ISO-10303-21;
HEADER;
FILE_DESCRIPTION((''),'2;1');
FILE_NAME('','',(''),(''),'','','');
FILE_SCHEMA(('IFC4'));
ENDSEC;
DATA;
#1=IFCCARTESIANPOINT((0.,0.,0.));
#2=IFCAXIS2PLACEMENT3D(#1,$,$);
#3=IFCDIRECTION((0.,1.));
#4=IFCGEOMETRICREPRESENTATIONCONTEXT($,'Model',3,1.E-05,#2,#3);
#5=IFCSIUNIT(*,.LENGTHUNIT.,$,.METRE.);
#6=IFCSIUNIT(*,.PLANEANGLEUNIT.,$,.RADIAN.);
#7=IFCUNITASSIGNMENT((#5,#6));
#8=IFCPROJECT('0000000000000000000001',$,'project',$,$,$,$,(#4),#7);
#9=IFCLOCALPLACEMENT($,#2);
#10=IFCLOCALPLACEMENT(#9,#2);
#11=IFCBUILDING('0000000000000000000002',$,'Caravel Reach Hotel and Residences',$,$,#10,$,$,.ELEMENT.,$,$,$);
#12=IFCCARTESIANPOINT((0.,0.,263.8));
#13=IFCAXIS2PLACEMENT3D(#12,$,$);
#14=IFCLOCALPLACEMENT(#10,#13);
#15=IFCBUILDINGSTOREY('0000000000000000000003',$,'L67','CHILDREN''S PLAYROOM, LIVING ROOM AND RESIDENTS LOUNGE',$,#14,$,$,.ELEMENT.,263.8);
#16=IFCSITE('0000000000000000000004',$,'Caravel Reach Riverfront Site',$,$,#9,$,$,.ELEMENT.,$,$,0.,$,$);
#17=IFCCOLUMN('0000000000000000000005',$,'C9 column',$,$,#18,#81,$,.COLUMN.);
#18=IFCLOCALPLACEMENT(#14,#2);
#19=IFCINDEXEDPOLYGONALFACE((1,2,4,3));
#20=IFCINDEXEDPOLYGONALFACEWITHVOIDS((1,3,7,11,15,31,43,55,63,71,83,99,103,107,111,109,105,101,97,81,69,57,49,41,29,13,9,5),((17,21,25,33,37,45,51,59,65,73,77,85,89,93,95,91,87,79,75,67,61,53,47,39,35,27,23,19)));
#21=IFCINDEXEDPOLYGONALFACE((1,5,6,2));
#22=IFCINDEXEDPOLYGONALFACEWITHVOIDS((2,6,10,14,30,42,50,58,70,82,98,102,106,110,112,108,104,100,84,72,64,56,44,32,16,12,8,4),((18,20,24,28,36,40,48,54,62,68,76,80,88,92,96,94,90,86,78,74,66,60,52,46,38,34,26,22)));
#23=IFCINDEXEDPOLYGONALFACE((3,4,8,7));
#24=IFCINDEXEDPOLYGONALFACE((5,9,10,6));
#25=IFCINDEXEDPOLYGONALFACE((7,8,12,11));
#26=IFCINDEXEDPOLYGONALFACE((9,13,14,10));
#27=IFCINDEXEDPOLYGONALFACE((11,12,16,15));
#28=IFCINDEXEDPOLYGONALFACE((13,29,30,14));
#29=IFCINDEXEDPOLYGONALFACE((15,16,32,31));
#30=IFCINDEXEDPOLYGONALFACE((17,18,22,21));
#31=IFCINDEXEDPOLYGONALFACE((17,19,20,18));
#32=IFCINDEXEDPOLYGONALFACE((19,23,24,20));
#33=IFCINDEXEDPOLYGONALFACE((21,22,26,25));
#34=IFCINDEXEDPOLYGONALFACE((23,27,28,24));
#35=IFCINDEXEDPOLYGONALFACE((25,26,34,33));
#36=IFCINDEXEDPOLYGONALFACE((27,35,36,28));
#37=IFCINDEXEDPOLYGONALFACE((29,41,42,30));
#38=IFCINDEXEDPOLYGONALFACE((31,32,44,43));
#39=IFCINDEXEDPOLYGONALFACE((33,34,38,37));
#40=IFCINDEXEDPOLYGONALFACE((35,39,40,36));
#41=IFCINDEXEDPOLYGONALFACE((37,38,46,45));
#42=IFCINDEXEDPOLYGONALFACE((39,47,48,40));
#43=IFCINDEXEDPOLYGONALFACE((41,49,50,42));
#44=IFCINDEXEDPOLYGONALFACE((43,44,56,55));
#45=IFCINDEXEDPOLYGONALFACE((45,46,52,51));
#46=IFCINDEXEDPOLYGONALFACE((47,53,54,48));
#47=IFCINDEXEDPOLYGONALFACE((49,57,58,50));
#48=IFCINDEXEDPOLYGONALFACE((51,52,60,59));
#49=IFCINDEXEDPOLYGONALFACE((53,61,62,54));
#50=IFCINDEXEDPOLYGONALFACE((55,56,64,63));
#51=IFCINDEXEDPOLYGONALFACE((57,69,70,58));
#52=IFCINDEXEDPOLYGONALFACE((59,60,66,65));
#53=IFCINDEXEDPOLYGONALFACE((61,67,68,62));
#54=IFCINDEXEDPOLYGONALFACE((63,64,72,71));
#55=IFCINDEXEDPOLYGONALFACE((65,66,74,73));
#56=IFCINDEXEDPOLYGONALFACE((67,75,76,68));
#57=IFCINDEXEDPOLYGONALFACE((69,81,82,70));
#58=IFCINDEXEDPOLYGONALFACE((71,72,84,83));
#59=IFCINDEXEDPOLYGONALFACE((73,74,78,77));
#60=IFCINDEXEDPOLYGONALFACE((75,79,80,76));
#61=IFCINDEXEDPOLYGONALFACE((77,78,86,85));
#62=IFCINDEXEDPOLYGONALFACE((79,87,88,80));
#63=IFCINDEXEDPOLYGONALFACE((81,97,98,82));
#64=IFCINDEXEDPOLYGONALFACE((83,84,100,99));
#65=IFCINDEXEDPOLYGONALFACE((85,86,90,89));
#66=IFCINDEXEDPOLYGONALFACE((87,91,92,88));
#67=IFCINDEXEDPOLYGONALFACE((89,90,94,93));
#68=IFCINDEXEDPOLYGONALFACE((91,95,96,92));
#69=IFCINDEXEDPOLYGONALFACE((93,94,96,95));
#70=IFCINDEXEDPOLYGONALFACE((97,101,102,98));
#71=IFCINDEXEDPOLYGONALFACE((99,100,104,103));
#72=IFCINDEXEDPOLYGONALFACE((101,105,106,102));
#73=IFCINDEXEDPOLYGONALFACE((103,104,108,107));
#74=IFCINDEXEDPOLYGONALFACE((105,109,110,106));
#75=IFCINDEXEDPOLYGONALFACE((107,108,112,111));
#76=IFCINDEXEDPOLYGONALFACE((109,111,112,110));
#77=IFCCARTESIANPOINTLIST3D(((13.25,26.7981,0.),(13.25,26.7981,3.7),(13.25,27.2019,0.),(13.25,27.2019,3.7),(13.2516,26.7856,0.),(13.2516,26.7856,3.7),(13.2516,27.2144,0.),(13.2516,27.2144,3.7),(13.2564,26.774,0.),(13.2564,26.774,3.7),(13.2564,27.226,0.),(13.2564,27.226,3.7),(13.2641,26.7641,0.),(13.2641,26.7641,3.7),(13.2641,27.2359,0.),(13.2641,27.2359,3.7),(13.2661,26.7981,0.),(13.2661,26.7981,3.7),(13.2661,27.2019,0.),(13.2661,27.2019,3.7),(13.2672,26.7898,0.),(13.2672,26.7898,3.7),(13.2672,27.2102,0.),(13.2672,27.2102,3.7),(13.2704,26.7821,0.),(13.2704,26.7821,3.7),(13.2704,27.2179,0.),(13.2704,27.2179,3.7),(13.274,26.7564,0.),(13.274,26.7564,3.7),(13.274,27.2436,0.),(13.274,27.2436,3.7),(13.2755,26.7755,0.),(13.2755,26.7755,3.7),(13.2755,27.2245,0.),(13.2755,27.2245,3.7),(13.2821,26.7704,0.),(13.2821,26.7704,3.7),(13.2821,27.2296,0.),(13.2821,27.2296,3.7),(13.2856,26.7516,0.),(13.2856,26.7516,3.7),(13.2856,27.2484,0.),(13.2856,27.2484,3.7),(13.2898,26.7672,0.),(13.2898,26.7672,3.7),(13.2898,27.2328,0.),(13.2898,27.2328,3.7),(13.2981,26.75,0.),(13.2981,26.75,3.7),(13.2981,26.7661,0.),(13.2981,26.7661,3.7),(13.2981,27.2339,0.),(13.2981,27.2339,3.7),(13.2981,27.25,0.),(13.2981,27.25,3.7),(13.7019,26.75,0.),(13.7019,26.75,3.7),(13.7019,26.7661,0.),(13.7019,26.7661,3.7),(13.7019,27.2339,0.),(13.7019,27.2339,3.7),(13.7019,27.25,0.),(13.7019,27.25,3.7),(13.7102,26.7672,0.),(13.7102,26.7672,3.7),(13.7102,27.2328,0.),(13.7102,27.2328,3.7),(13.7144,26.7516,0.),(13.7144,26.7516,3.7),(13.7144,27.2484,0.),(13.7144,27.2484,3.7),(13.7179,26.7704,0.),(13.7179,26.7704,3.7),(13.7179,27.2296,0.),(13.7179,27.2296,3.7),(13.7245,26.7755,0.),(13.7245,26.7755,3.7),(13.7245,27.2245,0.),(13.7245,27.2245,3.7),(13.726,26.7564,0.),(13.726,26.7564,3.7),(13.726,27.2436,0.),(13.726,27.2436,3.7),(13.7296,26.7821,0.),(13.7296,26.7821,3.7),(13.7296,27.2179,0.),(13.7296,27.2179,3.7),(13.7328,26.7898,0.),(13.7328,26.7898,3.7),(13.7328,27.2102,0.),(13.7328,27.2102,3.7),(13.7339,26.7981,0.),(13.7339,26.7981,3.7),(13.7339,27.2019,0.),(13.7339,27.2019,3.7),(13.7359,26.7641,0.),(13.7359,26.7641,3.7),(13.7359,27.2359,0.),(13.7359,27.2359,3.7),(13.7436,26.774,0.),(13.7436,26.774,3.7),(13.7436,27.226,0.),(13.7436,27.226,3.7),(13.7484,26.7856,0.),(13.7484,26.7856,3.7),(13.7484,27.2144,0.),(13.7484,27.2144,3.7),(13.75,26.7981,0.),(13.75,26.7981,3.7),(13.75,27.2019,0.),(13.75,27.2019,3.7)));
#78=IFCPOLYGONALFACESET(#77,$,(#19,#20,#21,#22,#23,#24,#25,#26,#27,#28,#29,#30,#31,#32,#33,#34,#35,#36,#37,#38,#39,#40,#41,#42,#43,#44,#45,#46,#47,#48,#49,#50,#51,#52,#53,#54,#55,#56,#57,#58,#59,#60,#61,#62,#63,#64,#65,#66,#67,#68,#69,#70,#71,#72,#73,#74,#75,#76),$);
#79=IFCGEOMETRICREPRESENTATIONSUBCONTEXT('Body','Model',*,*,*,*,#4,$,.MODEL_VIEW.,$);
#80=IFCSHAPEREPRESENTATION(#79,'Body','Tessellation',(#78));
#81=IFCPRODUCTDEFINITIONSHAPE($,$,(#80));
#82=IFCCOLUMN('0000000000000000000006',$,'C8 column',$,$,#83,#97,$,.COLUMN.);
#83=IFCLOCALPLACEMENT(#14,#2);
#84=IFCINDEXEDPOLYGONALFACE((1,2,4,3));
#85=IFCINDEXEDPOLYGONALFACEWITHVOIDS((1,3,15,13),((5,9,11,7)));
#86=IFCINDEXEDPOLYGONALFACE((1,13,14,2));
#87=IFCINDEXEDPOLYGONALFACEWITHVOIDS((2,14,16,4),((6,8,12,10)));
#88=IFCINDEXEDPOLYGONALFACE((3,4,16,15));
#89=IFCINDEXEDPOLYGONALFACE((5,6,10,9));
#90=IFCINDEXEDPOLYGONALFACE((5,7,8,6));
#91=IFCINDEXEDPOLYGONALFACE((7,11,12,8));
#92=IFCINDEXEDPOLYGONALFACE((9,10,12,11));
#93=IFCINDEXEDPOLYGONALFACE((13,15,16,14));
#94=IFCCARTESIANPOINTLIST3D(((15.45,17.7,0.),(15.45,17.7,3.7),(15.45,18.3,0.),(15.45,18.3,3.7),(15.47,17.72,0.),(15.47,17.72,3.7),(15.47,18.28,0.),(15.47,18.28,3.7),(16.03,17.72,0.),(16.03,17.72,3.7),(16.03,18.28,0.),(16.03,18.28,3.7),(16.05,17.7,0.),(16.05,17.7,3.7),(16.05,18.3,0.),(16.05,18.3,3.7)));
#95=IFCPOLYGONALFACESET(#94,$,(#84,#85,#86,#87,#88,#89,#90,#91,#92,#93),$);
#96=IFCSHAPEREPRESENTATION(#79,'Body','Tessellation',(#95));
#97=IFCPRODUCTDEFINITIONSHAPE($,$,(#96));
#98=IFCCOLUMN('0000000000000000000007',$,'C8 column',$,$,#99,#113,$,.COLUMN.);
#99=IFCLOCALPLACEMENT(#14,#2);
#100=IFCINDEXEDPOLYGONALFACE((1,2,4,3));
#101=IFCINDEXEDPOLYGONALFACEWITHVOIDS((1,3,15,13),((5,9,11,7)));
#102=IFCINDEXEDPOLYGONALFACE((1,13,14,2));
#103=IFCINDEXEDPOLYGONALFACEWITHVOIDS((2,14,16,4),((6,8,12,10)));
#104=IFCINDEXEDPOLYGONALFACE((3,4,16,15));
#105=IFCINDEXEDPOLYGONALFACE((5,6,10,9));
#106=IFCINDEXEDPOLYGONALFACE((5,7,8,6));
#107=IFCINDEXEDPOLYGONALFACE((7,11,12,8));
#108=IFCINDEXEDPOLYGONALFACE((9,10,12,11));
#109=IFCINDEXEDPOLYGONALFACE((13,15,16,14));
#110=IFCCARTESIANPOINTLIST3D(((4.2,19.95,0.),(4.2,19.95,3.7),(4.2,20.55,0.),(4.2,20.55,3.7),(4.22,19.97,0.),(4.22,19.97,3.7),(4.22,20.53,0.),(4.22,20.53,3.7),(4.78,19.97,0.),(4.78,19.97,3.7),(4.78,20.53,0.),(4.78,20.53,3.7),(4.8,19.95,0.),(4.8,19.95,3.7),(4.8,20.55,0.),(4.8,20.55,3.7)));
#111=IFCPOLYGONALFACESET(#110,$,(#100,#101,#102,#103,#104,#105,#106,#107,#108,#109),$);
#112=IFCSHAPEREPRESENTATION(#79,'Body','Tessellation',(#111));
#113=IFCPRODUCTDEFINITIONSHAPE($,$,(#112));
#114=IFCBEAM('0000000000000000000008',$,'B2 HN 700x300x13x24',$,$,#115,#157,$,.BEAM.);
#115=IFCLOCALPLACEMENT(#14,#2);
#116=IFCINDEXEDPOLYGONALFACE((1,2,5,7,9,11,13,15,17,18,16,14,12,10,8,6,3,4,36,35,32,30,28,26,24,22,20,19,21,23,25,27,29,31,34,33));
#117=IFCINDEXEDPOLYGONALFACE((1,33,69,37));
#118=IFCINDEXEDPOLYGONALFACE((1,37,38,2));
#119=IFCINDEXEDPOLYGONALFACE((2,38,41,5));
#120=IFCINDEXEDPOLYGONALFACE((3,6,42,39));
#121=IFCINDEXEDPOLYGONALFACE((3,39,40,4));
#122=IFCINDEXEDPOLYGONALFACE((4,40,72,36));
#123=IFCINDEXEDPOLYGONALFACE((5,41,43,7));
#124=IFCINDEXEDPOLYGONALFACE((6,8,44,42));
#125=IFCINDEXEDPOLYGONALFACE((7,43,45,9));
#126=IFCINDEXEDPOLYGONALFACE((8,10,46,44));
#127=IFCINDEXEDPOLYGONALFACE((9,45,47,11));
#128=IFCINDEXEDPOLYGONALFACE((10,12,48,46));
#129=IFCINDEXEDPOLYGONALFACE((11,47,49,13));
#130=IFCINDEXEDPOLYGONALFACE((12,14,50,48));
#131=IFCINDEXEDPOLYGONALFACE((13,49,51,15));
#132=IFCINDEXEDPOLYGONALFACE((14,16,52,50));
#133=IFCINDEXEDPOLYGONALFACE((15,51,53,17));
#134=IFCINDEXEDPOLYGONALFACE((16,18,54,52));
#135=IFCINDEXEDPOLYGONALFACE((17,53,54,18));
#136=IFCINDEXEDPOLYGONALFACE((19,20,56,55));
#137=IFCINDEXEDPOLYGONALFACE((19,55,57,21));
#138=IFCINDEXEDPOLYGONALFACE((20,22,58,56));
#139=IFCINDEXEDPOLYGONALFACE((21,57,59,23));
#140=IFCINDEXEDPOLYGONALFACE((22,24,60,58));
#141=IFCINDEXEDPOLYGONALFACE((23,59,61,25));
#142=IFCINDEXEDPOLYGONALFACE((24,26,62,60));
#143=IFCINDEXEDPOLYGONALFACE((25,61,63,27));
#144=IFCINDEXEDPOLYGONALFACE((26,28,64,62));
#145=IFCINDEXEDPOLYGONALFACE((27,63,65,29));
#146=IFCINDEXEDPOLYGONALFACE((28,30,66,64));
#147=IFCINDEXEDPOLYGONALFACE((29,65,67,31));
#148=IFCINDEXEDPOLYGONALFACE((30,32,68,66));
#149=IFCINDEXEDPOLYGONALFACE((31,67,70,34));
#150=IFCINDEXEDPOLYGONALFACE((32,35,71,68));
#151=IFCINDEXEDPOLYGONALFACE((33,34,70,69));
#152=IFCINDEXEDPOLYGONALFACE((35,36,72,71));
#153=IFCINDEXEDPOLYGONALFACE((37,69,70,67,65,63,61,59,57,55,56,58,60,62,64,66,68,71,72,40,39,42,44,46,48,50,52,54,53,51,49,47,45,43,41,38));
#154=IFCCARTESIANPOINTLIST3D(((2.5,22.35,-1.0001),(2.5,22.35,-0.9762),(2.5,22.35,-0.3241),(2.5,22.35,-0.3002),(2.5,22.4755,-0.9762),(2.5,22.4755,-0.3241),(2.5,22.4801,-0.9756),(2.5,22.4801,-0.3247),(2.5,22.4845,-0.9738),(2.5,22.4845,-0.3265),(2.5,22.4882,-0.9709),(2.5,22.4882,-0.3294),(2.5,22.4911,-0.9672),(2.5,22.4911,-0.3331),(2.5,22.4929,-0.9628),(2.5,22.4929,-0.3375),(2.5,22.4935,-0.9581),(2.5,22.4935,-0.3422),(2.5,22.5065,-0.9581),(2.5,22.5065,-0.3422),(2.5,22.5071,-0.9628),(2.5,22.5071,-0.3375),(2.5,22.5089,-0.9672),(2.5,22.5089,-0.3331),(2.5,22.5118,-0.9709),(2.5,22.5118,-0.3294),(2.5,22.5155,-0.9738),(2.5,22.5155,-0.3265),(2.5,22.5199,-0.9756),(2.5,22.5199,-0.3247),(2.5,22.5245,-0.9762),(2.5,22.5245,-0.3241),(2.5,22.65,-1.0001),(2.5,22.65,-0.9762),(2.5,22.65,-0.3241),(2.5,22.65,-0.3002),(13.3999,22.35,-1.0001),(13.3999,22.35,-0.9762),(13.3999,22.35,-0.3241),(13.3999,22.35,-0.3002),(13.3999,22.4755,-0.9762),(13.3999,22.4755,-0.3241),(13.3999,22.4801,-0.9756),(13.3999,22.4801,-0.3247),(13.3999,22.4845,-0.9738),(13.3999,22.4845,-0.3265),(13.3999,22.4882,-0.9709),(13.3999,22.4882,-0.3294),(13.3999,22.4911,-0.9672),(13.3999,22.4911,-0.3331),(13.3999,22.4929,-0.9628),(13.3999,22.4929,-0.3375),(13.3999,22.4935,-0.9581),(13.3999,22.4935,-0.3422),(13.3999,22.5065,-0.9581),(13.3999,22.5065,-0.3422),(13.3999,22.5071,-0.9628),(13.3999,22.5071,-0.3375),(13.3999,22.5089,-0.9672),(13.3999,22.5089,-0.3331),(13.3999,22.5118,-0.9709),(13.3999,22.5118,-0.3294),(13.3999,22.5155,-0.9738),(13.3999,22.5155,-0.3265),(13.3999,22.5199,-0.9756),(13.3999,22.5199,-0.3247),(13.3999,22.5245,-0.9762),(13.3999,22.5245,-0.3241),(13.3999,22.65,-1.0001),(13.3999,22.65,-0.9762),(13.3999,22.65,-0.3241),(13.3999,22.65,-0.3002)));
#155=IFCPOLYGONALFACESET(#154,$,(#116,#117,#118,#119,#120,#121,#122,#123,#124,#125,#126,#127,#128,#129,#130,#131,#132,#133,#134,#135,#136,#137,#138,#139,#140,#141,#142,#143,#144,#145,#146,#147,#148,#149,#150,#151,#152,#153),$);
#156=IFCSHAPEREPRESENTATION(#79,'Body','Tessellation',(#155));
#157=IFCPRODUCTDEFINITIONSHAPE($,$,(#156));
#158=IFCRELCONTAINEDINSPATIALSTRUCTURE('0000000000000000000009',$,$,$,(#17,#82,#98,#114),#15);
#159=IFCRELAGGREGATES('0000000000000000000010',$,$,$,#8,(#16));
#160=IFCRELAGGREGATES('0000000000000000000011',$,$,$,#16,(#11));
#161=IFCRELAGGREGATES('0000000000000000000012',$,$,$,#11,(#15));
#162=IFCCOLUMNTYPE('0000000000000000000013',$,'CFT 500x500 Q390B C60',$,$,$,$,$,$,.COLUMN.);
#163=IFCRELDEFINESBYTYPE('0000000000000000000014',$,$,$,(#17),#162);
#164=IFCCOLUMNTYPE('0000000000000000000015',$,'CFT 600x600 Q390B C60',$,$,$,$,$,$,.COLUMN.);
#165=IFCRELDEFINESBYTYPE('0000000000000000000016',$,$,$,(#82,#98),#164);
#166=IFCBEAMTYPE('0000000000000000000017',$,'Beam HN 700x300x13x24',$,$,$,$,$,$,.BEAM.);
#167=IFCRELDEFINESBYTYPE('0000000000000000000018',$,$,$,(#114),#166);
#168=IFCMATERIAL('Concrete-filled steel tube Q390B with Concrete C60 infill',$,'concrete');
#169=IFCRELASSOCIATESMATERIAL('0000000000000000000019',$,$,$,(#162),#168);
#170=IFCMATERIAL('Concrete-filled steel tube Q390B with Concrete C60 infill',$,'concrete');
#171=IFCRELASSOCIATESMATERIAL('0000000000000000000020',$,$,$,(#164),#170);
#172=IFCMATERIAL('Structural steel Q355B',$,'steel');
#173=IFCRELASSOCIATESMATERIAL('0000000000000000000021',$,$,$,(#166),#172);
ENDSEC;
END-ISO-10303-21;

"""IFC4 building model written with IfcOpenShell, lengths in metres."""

from ifc_helpers import new_model, si_unit, direction, frame, origin, origin_2d, place, context, subcontext, project, spatial, hollow_rectangle, i_section, extrude, material, material_profile, profile_set, type_object, element, save


model = new_model("IFC4")

# Units and contexts
model_context = context("Model", 3, precision=1e-05, world=origin(), true_north=direction((0.0, 1.0)))
body_context = subcontext(model_context, "Body", "Model", "MODEL_VIEW")
ifc_project = project(units=[si_unit("LENGTHUNIT", "METRE"), si_unit("PLANEANGLEUNIT", "RADIAN")], contexts=[model_context])

# Site, building, storey
site_placement = place(None, origin())
site = spatial("IfcSite", under=ifc_project, at=site_placement, Name="Caravel Reach Riverfront Site", CompositionType="ELEMENT", RefElevation=0.0)
building_placement = place(site_placement, origin())
building = spatial("IfcBuilding", under=site, at=building_placement, Name="Caravel Reach Hotel and Residences", CompositionType="ELEMENT")
storey_placement = place(building_placement, frame((0.0, 0.0, 263.8)))
storey = spatial("IfcBuildingStorey", under=building, at=storey_placement, Name="L67", Description="CHILDREN'S PLAYROOM, LIVING ROOM AND RESIDENTS LOUNGE", CompositionType="ELEMENT", Elevation=263.8)

# Columns
ifc_material_1 = material(Name="Concrete-filled steel tube Q390B with Concrete C60 infill", Category="concrete")
ifc_material_profile_1 = material_profile(ifc_material_1, hollow_rectangle(XDim=0.5, YDim=0.5, WallThickness=0.0161, InnerFilletRadius=0.032, OuterFilletRadius=0.0481, at=origin_2d()), Name="RHS 500x500x16")
ifc_profile_set_1 = profile_set([ifc_material_profile_1], Name="Concrete-filled steel tube Q390B with Concrete C60 infill")
column_type_1 = type_object("IfcColumnType", Name="CFT 500x500 Q390B C60", PredefinedType="COLUMN", material=ifc_profile_set_1)
column_placement = place(storey_placement, frame((13.5, 27.0, 0.0), z_axis=(0.0, 0.0, 1.0), x_axis=(1.0, 0.0, 0.0)))
element("IfcColumn", 1, at=column_placement, inside=storey, type_object=column_type_1, Name="C9 column", PredefinedType="COLUMN", context=body_context, shape_type="SweptSolid", body=[
    extrude(hollow_rectangle(XDim=0.5, YDim=0.5, WallThickness=0.0161, InnerFilletRadius=0.032, OuterFilletRadius=0.0481, at=origin_2d()), origin(), (0.0, 0.0, 1.0), 3.7),
])
ifc_material_2 = material(Name="Concrete-filled steel tube Q390B with Concrete C60 infill", Category="concrete")
ifc_material_profile_2 = material_profile(ifc_material_2, hollow_rectangle(XDim=0.6001, YDim=0.6001, WallThickness=0.02, at=origin_2d()), Name="RHS 600x600x20")
ifc_profile_set_2 = profile_set([ifc_material_profile_2], Name="Concrete-filled steel tube Q390B with Concrete C60 infill")
column_type_2 = type_object("IfcColumnType", Name="CFT 600x600 Q390B C60", PredefinedType="COLUMN", material=ifc_profile_set_2)
for number, where, z_axis, x_axis, name in (
    (2, (15.75, 18.0, 0.0), (0.0, 0.0, 1.0), (1.0, 0.0, 0.0), "C8 column"),
    (3, (4.5, 20.25, 0.0), (0.0, 0.0, 1.0), (1.0, 0.0, 0.0), "C8 column"),
):
    element("IfcColumn", number, at=place(storey_placement, frame(where, z_axis=z_axis, x_axis=x_axis)), inside=storey, type_object=column_type_2, Name=name, PredefinedType="COLUMN", context=body_context, shape_type="SweptSolid", body=[
        extrude(hollow_rectangle(XDim=0.6001, YDim=0.6001, WallThickness=0.02, at=origin_2d()), origin(), (0.0, 0.0, 1.0), 3.7),
    ])

# Beam
ifc_material_3 = material(Name="Structural steel Q355B", Category="steel")
ifc_material_profile_3 = material_profile(ifc_material_3, i_section(OverallWidth=0.3, OverallDepth=0.7, WebThickness=0.0129, FlangeThickness=0.0239, FilletRadius=0.0181, at=origin_2d()), Name="HN 700x300x13x24")
ifc_profile_set_3 = profile_set([ifc_material_profile_3], Name="Structural steel Q355B")
beam_type_1 = type_object("IfcBeamType", Name="Beam HN 700x300x13x24", PredefinedType="BEAM", material=ifc_profile_set_3)
beam_1_placement = place(storey_placement, frame((13.3999, 22.5, -0.6501), z_axis=(-1.0, 0.0, 0.0), x_axis=(0.0, -1.0, 0.0)))
element("IfcBeam", 4, at=beam_1_placement, inside=storey, type_object=beam_type_1, Name="B2 HN 700x300x13x24", PredefinedType="BEAM", context=body_context, shape_type="SweptSolid", body=[
    extrude(i_section(OverallWidth=0.3, OverallDepth=0.7, WebThickness=0.0129, FlangeThickness=0.0239, FilletRadius=0.0181, at=origin_2d()), origin(), (0.0, 0.0, 1.0), 10.8999),
])

save(model, "model.ifc")
